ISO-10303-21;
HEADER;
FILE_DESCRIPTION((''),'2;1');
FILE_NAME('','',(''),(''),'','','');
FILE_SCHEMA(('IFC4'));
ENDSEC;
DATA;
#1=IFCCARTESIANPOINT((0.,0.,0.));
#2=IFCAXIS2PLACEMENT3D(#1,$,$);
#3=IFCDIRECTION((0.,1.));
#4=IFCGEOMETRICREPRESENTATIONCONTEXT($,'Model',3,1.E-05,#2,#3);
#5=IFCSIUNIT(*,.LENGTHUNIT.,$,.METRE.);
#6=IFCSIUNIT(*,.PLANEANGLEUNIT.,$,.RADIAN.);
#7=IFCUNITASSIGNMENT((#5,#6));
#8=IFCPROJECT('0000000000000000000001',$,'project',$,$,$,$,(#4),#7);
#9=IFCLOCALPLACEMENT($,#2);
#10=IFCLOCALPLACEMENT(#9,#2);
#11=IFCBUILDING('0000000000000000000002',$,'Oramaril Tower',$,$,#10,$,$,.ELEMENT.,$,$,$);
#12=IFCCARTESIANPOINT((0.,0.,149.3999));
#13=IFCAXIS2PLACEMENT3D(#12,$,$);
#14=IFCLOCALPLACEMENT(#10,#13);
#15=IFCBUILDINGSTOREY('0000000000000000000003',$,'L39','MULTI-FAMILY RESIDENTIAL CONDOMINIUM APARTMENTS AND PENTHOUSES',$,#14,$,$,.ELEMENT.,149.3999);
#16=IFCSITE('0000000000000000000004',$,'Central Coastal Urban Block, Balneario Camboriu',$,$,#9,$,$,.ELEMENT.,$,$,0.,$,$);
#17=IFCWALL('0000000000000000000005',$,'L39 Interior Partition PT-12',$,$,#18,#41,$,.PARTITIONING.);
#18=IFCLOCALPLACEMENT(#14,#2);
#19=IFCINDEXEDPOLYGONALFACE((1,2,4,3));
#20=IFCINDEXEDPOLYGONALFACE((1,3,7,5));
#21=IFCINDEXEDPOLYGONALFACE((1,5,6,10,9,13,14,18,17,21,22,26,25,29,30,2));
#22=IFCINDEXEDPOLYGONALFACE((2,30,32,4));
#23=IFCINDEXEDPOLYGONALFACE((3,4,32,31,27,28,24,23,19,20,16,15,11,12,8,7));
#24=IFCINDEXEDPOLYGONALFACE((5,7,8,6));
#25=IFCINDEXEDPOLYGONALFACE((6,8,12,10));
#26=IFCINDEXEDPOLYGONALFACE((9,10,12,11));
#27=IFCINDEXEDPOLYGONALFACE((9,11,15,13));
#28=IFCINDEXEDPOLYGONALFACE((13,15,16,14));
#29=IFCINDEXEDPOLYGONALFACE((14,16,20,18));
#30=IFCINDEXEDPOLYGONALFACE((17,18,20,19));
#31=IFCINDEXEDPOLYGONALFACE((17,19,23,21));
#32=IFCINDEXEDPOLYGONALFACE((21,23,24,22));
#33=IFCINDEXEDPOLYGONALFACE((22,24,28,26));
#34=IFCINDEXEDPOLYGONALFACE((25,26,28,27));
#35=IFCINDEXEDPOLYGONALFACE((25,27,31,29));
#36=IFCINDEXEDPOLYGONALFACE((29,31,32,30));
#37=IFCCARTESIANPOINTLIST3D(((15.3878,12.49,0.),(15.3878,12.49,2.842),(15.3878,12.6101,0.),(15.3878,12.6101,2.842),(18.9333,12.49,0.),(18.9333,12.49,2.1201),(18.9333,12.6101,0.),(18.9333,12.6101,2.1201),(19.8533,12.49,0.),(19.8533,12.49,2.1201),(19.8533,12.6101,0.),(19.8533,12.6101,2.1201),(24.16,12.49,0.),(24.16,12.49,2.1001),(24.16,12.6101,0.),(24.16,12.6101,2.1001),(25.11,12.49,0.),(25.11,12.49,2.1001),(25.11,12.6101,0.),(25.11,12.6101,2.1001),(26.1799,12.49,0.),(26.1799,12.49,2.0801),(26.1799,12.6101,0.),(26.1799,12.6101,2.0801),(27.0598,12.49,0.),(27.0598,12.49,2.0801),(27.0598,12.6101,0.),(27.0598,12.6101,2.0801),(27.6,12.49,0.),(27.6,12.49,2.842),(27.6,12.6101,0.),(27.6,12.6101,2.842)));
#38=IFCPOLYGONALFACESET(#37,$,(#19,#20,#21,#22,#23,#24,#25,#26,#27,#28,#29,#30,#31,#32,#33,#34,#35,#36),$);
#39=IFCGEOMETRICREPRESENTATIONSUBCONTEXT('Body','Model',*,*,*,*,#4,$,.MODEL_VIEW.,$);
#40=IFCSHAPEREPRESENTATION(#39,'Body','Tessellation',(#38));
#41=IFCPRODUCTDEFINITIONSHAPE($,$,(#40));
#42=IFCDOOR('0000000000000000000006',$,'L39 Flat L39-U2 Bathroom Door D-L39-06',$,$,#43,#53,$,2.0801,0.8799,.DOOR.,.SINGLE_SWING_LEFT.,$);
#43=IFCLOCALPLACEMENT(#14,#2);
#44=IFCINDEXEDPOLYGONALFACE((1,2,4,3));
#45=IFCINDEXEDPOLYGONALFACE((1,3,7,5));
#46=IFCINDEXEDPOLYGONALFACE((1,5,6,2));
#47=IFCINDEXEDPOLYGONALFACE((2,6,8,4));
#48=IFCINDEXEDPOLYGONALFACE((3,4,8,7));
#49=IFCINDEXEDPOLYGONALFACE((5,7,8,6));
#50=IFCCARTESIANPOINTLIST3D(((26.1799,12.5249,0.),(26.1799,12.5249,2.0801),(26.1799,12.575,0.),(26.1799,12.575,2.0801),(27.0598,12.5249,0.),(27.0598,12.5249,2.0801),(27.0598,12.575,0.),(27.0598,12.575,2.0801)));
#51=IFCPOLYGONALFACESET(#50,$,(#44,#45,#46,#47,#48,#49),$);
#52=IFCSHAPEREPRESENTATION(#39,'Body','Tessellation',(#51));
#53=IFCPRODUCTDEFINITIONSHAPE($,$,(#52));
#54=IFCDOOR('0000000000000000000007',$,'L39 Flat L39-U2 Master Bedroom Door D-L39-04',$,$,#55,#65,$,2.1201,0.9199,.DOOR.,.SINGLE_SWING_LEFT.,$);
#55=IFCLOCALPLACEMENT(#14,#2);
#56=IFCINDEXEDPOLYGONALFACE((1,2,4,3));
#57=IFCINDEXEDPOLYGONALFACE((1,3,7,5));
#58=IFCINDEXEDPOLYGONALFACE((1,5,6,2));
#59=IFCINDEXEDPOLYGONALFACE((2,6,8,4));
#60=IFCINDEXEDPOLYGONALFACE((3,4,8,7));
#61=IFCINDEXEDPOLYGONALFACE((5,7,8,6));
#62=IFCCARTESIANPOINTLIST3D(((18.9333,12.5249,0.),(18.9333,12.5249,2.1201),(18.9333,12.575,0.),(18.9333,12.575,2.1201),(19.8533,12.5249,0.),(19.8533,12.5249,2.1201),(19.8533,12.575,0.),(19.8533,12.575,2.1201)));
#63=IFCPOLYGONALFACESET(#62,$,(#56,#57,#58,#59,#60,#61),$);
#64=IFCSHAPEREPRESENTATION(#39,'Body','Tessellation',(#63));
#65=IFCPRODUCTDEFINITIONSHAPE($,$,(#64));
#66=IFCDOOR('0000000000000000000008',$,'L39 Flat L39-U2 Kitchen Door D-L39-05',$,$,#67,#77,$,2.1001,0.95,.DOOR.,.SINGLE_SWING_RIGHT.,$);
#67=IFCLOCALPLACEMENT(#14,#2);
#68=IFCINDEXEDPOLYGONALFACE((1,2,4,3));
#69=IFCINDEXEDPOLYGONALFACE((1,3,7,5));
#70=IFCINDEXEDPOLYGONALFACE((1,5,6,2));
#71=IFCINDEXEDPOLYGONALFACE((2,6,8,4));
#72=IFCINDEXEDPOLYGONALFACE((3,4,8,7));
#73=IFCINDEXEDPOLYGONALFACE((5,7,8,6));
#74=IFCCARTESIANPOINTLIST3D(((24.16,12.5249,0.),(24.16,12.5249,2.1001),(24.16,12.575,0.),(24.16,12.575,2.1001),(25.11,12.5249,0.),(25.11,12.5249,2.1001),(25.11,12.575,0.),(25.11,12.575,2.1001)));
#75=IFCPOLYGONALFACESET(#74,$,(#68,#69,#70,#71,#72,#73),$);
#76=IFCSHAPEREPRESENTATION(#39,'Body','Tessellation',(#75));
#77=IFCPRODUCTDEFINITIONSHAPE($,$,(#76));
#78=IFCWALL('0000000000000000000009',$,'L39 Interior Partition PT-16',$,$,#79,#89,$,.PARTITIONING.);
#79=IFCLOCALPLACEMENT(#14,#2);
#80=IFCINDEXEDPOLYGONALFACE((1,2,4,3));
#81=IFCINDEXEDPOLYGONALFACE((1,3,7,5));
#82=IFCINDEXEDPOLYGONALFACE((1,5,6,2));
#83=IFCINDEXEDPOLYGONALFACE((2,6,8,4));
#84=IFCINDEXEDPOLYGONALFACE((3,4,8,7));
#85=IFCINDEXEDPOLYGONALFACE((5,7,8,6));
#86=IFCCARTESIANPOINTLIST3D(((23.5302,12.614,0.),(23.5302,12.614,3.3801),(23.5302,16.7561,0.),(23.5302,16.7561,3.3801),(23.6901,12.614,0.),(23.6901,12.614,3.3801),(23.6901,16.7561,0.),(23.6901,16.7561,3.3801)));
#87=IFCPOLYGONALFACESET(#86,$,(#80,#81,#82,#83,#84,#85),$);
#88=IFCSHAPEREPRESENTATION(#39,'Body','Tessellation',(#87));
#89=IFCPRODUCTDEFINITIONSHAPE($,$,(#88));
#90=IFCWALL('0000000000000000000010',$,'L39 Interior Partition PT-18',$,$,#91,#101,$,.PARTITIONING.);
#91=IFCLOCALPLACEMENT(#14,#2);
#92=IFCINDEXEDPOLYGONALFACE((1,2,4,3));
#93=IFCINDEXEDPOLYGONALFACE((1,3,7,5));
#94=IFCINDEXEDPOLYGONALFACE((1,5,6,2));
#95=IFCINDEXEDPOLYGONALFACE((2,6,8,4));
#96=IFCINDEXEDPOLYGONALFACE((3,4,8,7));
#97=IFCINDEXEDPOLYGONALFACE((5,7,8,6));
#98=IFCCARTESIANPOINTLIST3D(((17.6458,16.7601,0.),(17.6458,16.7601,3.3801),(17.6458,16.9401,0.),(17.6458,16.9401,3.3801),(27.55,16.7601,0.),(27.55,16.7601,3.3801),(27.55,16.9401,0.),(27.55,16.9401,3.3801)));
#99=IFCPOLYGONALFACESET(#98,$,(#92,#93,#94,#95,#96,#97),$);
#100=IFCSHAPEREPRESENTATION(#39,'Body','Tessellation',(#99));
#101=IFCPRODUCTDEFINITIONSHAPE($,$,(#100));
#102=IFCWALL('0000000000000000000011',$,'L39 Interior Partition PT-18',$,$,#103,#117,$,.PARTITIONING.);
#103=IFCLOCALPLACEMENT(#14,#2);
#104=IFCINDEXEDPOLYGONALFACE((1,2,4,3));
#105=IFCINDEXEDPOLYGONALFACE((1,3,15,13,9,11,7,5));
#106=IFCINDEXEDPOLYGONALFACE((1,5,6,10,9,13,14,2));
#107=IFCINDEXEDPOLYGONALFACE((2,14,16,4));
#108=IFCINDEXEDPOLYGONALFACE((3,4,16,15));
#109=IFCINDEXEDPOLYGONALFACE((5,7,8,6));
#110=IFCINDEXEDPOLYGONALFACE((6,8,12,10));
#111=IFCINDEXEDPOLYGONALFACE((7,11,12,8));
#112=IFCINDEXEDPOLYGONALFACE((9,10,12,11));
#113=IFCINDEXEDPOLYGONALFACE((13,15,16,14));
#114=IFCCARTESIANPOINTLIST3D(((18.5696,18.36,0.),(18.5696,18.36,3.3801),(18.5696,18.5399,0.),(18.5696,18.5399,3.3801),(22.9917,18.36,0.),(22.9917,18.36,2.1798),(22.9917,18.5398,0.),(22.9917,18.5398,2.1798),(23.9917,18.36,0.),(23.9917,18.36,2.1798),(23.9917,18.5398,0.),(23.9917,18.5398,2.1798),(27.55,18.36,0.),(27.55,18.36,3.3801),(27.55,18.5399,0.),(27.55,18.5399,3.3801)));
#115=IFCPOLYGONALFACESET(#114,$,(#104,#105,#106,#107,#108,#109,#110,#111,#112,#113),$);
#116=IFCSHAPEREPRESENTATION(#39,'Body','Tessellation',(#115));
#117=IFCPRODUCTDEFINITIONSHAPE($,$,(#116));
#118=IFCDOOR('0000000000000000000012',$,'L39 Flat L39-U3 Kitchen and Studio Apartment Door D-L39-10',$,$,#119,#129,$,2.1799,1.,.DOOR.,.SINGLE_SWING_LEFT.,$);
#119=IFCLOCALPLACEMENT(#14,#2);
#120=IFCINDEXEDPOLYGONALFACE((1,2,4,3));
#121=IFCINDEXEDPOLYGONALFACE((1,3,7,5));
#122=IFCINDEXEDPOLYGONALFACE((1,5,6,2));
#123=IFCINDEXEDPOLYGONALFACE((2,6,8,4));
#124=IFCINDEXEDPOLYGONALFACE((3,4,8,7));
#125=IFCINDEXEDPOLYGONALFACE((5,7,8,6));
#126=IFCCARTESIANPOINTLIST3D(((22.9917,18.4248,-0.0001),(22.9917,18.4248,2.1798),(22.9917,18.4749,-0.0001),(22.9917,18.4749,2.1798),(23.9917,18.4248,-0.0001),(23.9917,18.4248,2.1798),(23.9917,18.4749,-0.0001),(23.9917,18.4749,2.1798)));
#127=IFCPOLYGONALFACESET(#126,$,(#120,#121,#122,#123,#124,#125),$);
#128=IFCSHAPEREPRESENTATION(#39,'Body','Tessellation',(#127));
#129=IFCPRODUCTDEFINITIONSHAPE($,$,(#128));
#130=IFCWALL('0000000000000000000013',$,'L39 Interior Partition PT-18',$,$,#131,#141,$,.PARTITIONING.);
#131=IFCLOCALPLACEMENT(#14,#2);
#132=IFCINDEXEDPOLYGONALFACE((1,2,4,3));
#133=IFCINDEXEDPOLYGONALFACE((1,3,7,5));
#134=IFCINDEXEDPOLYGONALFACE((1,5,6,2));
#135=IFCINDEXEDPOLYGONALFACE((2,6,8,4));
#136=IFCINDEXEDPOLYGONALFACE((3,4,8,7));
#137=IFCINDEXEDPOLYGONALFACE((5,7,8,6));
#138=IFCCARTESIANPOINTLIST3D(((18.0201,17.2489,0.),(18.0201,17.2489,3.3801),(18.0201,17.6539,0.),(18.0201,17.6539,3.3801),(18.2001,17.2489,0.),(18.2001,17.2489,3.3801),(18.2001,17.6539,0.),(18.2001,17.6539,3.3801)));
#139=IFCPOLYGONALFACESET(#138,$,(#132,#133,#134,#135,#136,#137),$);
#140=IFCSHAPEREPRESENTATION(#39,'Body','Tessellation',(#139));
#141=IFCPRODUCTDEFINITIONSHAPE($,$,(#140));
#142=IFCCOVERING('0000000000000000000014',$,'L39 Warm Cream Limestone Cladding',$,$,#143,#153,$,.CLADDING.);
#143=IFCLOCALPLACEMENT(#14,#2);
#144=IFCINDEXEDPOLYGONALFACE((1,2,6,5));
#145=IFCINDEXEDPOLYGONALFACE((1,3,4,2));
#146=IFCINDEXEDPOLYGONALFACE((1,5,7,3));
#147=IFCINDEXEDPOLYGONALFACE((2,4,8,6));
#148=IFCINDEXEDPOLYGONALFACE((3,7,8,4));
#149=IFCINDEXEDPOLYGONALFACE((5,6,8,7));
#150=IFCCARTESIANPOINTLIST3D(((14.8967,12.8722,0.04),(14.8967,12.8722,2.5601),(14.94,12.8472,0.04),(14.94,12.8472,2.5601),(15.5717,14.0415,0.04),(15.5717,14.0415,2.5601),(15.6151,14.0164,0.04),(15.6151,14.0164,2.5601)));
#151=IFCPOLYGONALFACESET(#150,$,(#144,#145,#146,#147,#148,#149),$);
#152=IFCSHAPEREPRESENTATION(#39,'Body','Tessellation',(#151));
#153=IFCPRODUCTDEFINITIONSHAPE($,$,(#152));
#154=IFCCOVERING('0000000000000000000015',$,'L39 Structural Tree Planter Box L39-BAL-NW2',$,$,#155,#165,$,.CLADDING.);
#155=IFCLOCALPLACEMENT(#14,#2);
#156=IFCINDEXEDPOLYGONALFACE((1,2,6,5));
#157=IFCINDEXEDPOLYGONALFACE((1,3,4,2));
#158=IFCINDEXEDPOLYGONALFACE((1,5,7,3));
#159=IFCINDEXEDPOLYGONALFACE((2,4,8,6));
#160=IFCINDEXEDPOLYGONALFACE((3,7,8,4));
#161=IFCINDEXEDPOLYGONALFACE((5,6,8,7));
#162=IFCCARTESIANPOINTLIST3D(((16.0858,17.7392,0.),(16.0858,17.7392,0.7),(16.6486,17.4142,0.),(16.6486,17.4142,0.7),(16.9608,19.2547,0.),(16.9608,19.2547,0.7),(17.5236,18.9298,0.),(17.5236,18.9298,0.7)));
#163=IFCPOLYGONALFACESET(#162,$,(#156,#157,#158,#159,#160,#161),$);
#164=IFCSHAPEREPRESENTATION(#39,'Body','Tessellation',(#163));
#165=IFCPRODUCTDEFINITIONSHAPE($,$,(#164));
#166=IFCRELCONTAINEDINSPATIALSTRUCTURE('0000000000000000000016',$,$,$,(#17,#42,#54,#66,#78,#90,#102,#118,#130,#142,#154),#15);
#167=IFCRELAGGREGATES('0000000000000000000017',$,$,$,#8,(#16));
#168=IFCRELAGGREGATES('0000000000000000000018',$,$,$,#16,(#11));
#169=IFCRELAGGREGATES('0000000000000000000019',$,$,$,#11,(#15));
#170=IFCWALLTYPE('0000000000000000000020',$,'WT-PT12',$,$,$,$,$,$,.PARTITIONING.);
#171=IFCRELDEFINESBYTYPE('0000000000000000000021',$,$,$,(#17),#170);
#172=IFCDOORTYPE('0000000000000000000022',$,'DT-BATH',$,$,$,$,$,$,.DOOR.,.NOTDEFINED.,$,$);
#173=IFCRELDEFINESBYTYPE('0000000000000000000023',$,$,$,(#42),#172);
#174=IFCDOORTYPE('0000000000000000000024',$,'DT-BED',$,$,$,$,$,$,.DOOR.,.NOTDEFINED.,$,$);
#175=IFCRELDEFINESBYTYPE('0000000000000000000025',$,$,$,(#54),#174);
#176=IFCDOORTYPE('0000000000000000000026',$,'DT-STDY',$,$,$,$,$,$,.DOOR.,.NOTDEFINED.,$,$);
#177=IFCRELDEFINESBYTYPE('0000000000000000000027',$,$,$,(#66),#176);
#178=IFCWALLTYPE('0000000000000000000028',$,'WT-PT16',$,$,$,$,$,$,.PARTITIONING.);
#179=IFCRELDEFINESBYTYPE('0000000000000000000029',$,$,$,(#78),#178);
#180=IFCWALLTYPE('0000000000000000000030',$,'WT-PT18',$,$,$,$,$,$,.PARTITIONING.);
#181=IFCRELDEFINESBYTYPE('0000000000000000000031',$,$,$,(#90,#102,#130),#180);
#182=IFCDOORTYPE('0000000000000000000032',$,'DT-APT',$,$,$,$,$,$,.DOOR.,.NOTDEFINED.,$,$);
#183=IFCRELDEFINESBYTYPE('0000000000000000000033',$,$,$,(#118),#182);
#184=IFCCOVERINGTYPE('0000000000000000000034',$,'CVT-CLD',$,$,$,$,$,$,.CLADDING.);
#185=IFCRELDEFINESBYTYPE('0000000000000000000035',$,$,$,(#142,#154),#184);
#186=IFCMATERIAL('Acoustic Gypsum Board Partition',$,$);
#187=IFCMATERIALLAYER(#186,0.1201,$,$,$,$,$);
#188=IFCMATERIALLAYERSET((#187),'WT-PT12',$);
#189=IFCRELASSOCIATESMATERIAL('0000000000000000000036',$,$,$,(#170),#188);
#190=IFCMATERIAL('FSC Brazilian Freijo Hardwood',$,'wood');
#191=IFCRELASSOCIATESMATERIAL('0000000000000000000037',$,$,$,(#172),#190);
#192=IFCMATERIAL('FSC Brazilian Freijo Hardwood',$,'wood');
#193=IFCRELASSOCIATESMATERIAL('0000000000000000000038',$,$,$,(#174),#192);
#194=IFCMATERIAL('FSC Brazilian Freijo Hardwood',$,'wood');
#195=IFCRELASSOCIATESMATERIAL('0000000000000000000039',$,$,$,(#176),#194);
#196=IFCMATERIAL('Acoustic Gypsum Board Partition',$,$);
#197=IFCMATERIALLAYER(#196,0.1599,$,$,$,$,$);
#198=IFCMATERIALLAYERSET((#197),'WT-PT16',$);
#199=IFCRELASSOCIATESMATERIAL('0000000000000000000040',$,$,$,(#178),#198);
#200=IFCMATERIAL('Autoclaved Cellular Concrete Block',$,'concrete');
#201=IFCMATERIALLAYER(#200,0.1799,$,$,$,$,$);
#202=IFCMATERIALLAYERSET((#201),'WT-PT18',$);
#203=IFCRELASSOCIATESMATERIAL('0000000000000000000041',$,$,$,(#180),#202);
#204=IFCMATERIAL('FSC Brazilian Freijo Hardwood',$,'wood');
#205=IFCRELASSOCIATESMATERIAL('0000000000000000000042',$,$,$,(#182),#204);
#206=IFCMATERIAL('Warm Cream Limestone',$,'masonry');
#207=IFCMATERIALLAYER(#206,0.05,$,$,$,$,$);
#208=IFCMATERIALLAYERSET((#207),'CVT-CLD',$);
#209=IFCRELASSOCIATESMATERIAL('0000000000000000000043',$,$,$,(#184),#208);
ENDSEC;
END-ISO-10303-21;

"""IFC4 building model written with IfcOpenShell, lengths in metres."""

from ifc_helpers import new_model, si_unit, direction, frame, frame_2d, origin, origin_2d, place, context, subcontext, project, spatial, rectangle, extrude, material, layer, layer_set, type_object, element, fill, save


model = new_model("IFC4")

# Units and contexts
model_context = context("Model", 3, precision=1e-05, world=origin(), true_north=direction((0.0, 1.0)))
body_context = subcontext(model_context, "Body", "Model", "MODEL_VIEW")
ifc_project = project(units=[si_unit("LENGTHUNIT", "METRE"), si_unit("PLANEANGLEUNIT", "RADIAN")], contexts=[model_context])

# Site, building, storey
site_placement = place(None, origin())
site = spatial("IfcSite", under=ifc_project, at=site_placement, Name="Central Coastal Urban Block, Balneario Camboriu", CompositionType="ELEMENT", RefElevation=0.0)
building_placement = place(site_placement, origin())
building = spatial("IfcBuilding", under=site, at=building_placement, Name="Oramaril Tower", CompositionType="ELEMENT")
storey_placement = place(building_placement, frame((0.0, 0.0, 149.3999)))
storey = spatial("IfcBuildingStorey", under=building, at=storey_placement, Name="L39", Description="MULTI-FAMILY RESIDENTIAL CONDOMINIUM APARTMENTS AND PENTHOUSES", CompositionType="ELEMENT", Elevation=149.3999)

# Wall, openings, doors
ifc_material_1 = material(Name="Acoustic Gypsum Board Partition")
ifc_layer_1 = layer(ifc_material_1, 0.1201)
ifc_layer_set_1 = layer_set([ifc_layer_1], Name="WT-PT12")
wall_type_1 = type_object("IfcWallType", Name="WT-PT12", PredefinedType="PARTITIONING", material=ifc_layer_set_1)
wall_1_placement = place(storey_placement, frame((15.3879, 12.55, 0.0), z_axis=(0.0, 0.0, 1.0), x_axis=(1.0, 0.0, 0.0)))
wall_1 = element("IfcWall", 1, at=wall_1_placement, inside=storey, type_object=wall_type_1, Name="L39 Interior Partition PT-12", PredefinedType="PARTITIONING", context=body_context, shape_type="SweptSolid", body=[
    extrude(rectangle(XDim=12.2122, YDim=0.1201, at=frame_2d((6.106, 0.0))), origin(), (0.0, 0.0, 1.0), 2.842),
])
opening_1_placement = place(wall_1_placement, frame((3.5454, 0.0, 0.0)))
opening_1 = element("IfcOpeningElement", 2, at=opening_1_placement, cuts=wall_1, PredefinedType="OPENING", context=body_context, shape_type="SweptSolid", body=[
    extrude(rectangle(XDim=0.9199, YDim=2.1201, at=frame_2d((0.46, 1.0601))), frame((0.0, 0.0601, 0.0), z_axis=(0.0, -1.0, 0.0), x_axis=(1.0, 0.0, 0.0)), (0.0, 0.0, 1.0), 0.1201),
])
opening_2_placement = place(wall_1_placement, frame((8.772, 0.0, 0.0)))
opening_2 = element("IfcOpeningElement", 3, at=opening_2_placement, cuts=wall_1, PredefinedType="OPENING", context=body_context, shape_type="SweptSolid", body=[
    extrude(rectangle(XDim=0.95, YDim=2.1001, at=frame_2d((0.4751, 1.05))), frame((0.0, 0.0601, 0.0), z_axis=(0.0, -1.0, 0.0), x_axis=(1.0, 0.0, 0.0)), (0.0, 0.0, 1.0), 0.1201),
])
opening_3_placement = place(wall_1_placement, frame((10.792, 0.0, 0.0)))
opening_3 = element("IfcOpeningElement", 4, at=opening_3_placement, cuts=wall_1, PredefinedType="OPENING", context=body_context, shape_type="SweptSolid", body=[
    extrude(rectangle(XDim=0.8799, YDim=2.0801, at=frame_2d((0.4399, 1.04))), frame((0.0, 0.0601, 0.0), z_axis=(0.0, -1.0, 0.0), x_axis=(1.0, 0.0, 0.0)), (0.0, 0.0, 1.0), 0.1201),
])
ifc_material_2 = material(Name="FSC Brazilian Freijo Hardwood", Category="wood")
door_type_1 = type_object("IfcDoorType", Name="DT-BATH", OperationType="NOTDEFINED", PredefinedType="DOOR", material=ifc_material_2)
door_1_placement = place(opening_3_placement, origin())
door_1 = element("IfcDoor", 5, at=door_1_placement, inside=storey, type_object=door_type_1, Name="L39 Flat L39-U2 Bathroom Door D-L39-06", OperationType="SINGLE_SWING_LEFT", OverallHeight=2.0801, OverallWidth=0.8799, PredefinedType="DOOR", context=body_context, shape_type="SweptSolid", body=[
    extrude(rectangle(XDim=0.8799, YDim=2.0801, at=frame_2d((0.4399, 1.04))), frame((0.0, 0.0249, 0.0), z_axis=(0.0, -1.0, 0.0), x_axis=(1.0, 0.0, 0.0)), (0.0, 0.0, 1.0), 0.05),
])
fill(opening_3, door_1)
ifc_material_3 = material(Name="FSC Brazilian Freijo Hardwood", Category="wood")
door_type_2 = type_object("IfcDoorType", Name="DT-BED", OperationType="NOTDEFINED", PredefinedType="DOOR", material=ifc_material_3)
door_2_placement = place(opening_1_placement, origin())
door_2 = element("IfcDoor", 6, at=door_2_placement, inside=storey, type_object=door_type_2, Name="L39 Flat L39-U2 Master Bedroom Door D-L39-04", OperationType="SINGLE_SWING_LEFT", OverallHeight=2.1201, OverallWidth=0.9199, PredefinedType="DOOR", context=body_context, shape_type="SweptSolid", body=[
    extrude(rectangle(XDim=0.9199, YDim=2.1201, at=frame_2d((0.46, 1.0601))), frame((0.0, 0.0249, 0.0), z_axis=(0.0, -1.0, 0.0), x_axis=(1.0, 0.0, 0.0)), (0.0, 0.0, 1.0), 0.05),
])
fill(opening_1, door_2)
ifc_material_4 = material(Name="FSC Brazilian Freijo Hardwood", Category="wood")
door_type_3 = type_object("IfcDoorType", Name="DT-STDY", OperationType="NOTDEFINED", PredefinedType="DOOR", material=ifc_material_4)
door_3_placement = place(opening_2_placement, origin())
door_3 = element("IfcDoor", 7, at=door_3_placement, inside=storey, type_object=door_type_3, Name="L39 Flat L39-U2 Kitchen Door D-L39-05", OperationType="SINGLE_SWING_RIGHT", OverallHeight=2.1001, OverallWidth=0.95, PredefinedType="DOOR", context=body_context, shape_type="SweptSolid", body=[
    extrude(rectangle(XDim=0.95, YDim=2.1001, at=frame_2d((0.4751, 1.05))), frame((0.0, 0.0249, 0.0), z_axis=(0.0, -1.0, 0.0), x_axis=(1.0, 0.0, 0.0)), (0.0, 0.0, 1.0), 0.05),
])
fill(opening_2, door_3)

# Walls
ifc_material_5 = material(Name="Acoustic Gypsum Board Partition")
ifc_layer_2 = layer(ifc_material_5, 0.1599)
ifc_layer_set_2 = layer_set([ifc_layer_2], Name="WT-PT16")
wall_type_2 = type_object("IfcWallType", Name="WT-PT16", PredefinedType="PARTITIONING", material=ifc_layer_set_2)
wall_2_placement = place(storey_placement, frame((23.6101, 12.614, 0.0), z_axis=(0.0, 0.0, 1.0), x_axis=(0.0, 1.0, 0.0)))
element("IfcWall", 8, at=wall_2_placement, inside=storey, type_object=wall_type_2, Name="L39 Interior Partition PT-16", PredefinedType="PARTITIONING", context=body_context, shape_type="SweptSolid", body=[
    extrude(rectangle(XDim=4.1421, YDim=0.1599, at=frame_2d((2.071, 0.0))), origin(), (0.0, 0.0, 1.0), 3.3801),
])
ifc_material_6 = material(Name="Autoclaved Cellular Concrete Block", Category="concrete")
ifc_layer_3 = layer(ifc_material_6, 0.1799)
ifc_layer_set_3 = layer_set([ifc_layer_3], Name="WT-PT18")
wall_type_3 = type_object("IfcWallType", Name="WT-PT18", PredefinedType="PARTITIONING", material=ifc_layer_set_3)
wall_3_placement = place(storey_placement, frame((17.6458, 16.8501, 0.0), z_axis=(0.0, 0.0, 1.0), x_axis=(1.0, 0.0, 0.0)))
element("IfcWall", 9, at=wall_3_placement, inside=storey, type_object=wall_type_3, Name="L39 Interior Partition PT-18", PredefinedType="PARTITIONING", context=body_context, shape_type="SweptSolid", body=[
    extrude(rectangle(XDim=9.9043, YDim=0.1799, at=frame_2d((4.9521, 0.0))), origin(), (0.0, 0.0, 1.0), 3.3801),
])

# Wall, opening, door
wall_4_placement = place(storey_placement, frame((18.5696, 18.45, 0.0), z_axis=(0.0, 0.0, 1.0), x_axis=(1.0, 0.0, 0.0)))
wall_4 = element("IfcWall", 10, at=wall_4_placement, inside=storey, type_object=wall_type_3, Name="L39 Interior Partition PT-18", PredefinedType="PARTITIONING", context=body_context, shape_type="SweptSolid", body=[
    extrude(rectangle(XDim=8.9805, YDim=0.1799, at=frame_2d((4.4902, 0.0))), origin(), (0.0, 0.0, 1.0), 3.3801),
])
opening_4_placement = place(wall_4_placement, frame((4.4221, 0.0, 0.0)))
opening_4 = element("IfcOpeningElement", 11, at=opening_4_placement, cuts=wall_4, PredefinedType="OPENING", context=body_context, shape_type="SweptSolid", body=[
    extrude(rectangle(XDim=1.0, YDim=2.1799, at=frame_2d((0.5, 1.0898))), frame((0.0, 0.0898, 0.0), z_axis=(0.0, -1.0, 0.0), x_axis=(1.0, 0.0, 0.0)), (0.0, 0.0, 1.0), 0.1799),
])
ifc_material_7 = material(Name="FSC Brazilian Freijo Hardwood", Category="wood")
door_type_4 = type_object("IfcDoorType", Name="DT-APT", OperationType="NOTDEFINED", PredefinedType="DOOR", material=ifc_material_7)
door_4_placement = place(opening_4_placement, origin())
door_4 = element("IfcDoor", 12, at=door_4_placement, inside=storey, type_object=door_type_4, Name="L39 Flat L39-U3 Kitchen and Studio Apartment Door D-L39-10", OperationType="SINGLE_SWING_LEFT", OverallHeight=2.1799, OverallWidth=1.0, PredefinedType="DOOR", context=body_context, shape_type="SweptSolid", body=[
    extrude(rectangle(XDim=1.0, YDim=2.1799, at=frame_2d((0.5, 1.0898))), frame((0.0, 0.0249, 0.0), z_axis=(0.0, -1.0, 0.0), x_axis=(1.0, 0.0, 0.0)), (0.0, 0.0, 1.0), 0.05),
])
fill(opening_4, door_4)

# Wall
wall_5_placement = place(storey_placement, frame((18.1101, 17.2488, 0.0), z_axis=(0.0, 0.0, 1.0), x_axis=(0.0, 1.0, 0.0)))
element("IfcWall", 13, at=wall_5_placement, inside=storey, type_object=wall_type_3, Name="L39 Interior Partition PT-18", PredefinedType="PARTITIONING", context=body_context, shape_type="SweptSolid", body=[
    extrude(rectangle(XDim=0.405, YDim=0.1799, at=frame_2d((0.2026, 0.0))), origin(), (0.0, 0.0, 1.0), 3.3801),
])

# Coverings
ifc_material_8 = material(Name="Warm Cream Limestone", Category="masonry")
ifc_layer_4 = layer(ifc_material_8, 0.05)
ifc_layer_set_4 = layer_set([ifc_layer_4], Name="CVT-CLD")
covering_type = type_object("IfcCoveringType", Name="CVT-CLD", PredefinedType="CLADDING", material=ifc_layer_set_4)
covering_1_placement = place(storey_placement, frame((15.2559, 13.4443, 0.04), z_axis=(0.0, 0.0, 1.0), x_axis=(-0.5, -0.866025, 0.0)))
element("IfcCovering", 14, at=covering_1_placement, inside=storey, type_object=covering_type, Name="L39 Warm Cream Limestone Cladding", PredefinedType="CLADDING", context=body_context, shape_type="SweptSolid", body=[
    extrude(rectangle(XDim=1.3501, YDim=0.05, at=origin_2d()), origin(), (0.0, 0.0, 1.0), 2.52),
])
covering_2_placement = place(storey_placement, frame((16.8047, 18.3345, 0.0), z_axis=(0.0, 0.0, 1.0), x_axis=(-0.500002, -0.866025, 0.0)))
element("IfcCovering", 15, at=covering_2_placement, inside=storey, type_object=covering_type, Name="L39 Structural Tree Planter Box L39-BAL-NW2", PredefinedType="CLADDING", context=body_context, shape_type="SweptSolid", body=[
    extrude(rectangle(XDim=1.75, YDim=0.6499, at=origin_2d()), origin(), (0.0, 0.0, 1.0), 0.7),
])

save(model, "model.ifc")
